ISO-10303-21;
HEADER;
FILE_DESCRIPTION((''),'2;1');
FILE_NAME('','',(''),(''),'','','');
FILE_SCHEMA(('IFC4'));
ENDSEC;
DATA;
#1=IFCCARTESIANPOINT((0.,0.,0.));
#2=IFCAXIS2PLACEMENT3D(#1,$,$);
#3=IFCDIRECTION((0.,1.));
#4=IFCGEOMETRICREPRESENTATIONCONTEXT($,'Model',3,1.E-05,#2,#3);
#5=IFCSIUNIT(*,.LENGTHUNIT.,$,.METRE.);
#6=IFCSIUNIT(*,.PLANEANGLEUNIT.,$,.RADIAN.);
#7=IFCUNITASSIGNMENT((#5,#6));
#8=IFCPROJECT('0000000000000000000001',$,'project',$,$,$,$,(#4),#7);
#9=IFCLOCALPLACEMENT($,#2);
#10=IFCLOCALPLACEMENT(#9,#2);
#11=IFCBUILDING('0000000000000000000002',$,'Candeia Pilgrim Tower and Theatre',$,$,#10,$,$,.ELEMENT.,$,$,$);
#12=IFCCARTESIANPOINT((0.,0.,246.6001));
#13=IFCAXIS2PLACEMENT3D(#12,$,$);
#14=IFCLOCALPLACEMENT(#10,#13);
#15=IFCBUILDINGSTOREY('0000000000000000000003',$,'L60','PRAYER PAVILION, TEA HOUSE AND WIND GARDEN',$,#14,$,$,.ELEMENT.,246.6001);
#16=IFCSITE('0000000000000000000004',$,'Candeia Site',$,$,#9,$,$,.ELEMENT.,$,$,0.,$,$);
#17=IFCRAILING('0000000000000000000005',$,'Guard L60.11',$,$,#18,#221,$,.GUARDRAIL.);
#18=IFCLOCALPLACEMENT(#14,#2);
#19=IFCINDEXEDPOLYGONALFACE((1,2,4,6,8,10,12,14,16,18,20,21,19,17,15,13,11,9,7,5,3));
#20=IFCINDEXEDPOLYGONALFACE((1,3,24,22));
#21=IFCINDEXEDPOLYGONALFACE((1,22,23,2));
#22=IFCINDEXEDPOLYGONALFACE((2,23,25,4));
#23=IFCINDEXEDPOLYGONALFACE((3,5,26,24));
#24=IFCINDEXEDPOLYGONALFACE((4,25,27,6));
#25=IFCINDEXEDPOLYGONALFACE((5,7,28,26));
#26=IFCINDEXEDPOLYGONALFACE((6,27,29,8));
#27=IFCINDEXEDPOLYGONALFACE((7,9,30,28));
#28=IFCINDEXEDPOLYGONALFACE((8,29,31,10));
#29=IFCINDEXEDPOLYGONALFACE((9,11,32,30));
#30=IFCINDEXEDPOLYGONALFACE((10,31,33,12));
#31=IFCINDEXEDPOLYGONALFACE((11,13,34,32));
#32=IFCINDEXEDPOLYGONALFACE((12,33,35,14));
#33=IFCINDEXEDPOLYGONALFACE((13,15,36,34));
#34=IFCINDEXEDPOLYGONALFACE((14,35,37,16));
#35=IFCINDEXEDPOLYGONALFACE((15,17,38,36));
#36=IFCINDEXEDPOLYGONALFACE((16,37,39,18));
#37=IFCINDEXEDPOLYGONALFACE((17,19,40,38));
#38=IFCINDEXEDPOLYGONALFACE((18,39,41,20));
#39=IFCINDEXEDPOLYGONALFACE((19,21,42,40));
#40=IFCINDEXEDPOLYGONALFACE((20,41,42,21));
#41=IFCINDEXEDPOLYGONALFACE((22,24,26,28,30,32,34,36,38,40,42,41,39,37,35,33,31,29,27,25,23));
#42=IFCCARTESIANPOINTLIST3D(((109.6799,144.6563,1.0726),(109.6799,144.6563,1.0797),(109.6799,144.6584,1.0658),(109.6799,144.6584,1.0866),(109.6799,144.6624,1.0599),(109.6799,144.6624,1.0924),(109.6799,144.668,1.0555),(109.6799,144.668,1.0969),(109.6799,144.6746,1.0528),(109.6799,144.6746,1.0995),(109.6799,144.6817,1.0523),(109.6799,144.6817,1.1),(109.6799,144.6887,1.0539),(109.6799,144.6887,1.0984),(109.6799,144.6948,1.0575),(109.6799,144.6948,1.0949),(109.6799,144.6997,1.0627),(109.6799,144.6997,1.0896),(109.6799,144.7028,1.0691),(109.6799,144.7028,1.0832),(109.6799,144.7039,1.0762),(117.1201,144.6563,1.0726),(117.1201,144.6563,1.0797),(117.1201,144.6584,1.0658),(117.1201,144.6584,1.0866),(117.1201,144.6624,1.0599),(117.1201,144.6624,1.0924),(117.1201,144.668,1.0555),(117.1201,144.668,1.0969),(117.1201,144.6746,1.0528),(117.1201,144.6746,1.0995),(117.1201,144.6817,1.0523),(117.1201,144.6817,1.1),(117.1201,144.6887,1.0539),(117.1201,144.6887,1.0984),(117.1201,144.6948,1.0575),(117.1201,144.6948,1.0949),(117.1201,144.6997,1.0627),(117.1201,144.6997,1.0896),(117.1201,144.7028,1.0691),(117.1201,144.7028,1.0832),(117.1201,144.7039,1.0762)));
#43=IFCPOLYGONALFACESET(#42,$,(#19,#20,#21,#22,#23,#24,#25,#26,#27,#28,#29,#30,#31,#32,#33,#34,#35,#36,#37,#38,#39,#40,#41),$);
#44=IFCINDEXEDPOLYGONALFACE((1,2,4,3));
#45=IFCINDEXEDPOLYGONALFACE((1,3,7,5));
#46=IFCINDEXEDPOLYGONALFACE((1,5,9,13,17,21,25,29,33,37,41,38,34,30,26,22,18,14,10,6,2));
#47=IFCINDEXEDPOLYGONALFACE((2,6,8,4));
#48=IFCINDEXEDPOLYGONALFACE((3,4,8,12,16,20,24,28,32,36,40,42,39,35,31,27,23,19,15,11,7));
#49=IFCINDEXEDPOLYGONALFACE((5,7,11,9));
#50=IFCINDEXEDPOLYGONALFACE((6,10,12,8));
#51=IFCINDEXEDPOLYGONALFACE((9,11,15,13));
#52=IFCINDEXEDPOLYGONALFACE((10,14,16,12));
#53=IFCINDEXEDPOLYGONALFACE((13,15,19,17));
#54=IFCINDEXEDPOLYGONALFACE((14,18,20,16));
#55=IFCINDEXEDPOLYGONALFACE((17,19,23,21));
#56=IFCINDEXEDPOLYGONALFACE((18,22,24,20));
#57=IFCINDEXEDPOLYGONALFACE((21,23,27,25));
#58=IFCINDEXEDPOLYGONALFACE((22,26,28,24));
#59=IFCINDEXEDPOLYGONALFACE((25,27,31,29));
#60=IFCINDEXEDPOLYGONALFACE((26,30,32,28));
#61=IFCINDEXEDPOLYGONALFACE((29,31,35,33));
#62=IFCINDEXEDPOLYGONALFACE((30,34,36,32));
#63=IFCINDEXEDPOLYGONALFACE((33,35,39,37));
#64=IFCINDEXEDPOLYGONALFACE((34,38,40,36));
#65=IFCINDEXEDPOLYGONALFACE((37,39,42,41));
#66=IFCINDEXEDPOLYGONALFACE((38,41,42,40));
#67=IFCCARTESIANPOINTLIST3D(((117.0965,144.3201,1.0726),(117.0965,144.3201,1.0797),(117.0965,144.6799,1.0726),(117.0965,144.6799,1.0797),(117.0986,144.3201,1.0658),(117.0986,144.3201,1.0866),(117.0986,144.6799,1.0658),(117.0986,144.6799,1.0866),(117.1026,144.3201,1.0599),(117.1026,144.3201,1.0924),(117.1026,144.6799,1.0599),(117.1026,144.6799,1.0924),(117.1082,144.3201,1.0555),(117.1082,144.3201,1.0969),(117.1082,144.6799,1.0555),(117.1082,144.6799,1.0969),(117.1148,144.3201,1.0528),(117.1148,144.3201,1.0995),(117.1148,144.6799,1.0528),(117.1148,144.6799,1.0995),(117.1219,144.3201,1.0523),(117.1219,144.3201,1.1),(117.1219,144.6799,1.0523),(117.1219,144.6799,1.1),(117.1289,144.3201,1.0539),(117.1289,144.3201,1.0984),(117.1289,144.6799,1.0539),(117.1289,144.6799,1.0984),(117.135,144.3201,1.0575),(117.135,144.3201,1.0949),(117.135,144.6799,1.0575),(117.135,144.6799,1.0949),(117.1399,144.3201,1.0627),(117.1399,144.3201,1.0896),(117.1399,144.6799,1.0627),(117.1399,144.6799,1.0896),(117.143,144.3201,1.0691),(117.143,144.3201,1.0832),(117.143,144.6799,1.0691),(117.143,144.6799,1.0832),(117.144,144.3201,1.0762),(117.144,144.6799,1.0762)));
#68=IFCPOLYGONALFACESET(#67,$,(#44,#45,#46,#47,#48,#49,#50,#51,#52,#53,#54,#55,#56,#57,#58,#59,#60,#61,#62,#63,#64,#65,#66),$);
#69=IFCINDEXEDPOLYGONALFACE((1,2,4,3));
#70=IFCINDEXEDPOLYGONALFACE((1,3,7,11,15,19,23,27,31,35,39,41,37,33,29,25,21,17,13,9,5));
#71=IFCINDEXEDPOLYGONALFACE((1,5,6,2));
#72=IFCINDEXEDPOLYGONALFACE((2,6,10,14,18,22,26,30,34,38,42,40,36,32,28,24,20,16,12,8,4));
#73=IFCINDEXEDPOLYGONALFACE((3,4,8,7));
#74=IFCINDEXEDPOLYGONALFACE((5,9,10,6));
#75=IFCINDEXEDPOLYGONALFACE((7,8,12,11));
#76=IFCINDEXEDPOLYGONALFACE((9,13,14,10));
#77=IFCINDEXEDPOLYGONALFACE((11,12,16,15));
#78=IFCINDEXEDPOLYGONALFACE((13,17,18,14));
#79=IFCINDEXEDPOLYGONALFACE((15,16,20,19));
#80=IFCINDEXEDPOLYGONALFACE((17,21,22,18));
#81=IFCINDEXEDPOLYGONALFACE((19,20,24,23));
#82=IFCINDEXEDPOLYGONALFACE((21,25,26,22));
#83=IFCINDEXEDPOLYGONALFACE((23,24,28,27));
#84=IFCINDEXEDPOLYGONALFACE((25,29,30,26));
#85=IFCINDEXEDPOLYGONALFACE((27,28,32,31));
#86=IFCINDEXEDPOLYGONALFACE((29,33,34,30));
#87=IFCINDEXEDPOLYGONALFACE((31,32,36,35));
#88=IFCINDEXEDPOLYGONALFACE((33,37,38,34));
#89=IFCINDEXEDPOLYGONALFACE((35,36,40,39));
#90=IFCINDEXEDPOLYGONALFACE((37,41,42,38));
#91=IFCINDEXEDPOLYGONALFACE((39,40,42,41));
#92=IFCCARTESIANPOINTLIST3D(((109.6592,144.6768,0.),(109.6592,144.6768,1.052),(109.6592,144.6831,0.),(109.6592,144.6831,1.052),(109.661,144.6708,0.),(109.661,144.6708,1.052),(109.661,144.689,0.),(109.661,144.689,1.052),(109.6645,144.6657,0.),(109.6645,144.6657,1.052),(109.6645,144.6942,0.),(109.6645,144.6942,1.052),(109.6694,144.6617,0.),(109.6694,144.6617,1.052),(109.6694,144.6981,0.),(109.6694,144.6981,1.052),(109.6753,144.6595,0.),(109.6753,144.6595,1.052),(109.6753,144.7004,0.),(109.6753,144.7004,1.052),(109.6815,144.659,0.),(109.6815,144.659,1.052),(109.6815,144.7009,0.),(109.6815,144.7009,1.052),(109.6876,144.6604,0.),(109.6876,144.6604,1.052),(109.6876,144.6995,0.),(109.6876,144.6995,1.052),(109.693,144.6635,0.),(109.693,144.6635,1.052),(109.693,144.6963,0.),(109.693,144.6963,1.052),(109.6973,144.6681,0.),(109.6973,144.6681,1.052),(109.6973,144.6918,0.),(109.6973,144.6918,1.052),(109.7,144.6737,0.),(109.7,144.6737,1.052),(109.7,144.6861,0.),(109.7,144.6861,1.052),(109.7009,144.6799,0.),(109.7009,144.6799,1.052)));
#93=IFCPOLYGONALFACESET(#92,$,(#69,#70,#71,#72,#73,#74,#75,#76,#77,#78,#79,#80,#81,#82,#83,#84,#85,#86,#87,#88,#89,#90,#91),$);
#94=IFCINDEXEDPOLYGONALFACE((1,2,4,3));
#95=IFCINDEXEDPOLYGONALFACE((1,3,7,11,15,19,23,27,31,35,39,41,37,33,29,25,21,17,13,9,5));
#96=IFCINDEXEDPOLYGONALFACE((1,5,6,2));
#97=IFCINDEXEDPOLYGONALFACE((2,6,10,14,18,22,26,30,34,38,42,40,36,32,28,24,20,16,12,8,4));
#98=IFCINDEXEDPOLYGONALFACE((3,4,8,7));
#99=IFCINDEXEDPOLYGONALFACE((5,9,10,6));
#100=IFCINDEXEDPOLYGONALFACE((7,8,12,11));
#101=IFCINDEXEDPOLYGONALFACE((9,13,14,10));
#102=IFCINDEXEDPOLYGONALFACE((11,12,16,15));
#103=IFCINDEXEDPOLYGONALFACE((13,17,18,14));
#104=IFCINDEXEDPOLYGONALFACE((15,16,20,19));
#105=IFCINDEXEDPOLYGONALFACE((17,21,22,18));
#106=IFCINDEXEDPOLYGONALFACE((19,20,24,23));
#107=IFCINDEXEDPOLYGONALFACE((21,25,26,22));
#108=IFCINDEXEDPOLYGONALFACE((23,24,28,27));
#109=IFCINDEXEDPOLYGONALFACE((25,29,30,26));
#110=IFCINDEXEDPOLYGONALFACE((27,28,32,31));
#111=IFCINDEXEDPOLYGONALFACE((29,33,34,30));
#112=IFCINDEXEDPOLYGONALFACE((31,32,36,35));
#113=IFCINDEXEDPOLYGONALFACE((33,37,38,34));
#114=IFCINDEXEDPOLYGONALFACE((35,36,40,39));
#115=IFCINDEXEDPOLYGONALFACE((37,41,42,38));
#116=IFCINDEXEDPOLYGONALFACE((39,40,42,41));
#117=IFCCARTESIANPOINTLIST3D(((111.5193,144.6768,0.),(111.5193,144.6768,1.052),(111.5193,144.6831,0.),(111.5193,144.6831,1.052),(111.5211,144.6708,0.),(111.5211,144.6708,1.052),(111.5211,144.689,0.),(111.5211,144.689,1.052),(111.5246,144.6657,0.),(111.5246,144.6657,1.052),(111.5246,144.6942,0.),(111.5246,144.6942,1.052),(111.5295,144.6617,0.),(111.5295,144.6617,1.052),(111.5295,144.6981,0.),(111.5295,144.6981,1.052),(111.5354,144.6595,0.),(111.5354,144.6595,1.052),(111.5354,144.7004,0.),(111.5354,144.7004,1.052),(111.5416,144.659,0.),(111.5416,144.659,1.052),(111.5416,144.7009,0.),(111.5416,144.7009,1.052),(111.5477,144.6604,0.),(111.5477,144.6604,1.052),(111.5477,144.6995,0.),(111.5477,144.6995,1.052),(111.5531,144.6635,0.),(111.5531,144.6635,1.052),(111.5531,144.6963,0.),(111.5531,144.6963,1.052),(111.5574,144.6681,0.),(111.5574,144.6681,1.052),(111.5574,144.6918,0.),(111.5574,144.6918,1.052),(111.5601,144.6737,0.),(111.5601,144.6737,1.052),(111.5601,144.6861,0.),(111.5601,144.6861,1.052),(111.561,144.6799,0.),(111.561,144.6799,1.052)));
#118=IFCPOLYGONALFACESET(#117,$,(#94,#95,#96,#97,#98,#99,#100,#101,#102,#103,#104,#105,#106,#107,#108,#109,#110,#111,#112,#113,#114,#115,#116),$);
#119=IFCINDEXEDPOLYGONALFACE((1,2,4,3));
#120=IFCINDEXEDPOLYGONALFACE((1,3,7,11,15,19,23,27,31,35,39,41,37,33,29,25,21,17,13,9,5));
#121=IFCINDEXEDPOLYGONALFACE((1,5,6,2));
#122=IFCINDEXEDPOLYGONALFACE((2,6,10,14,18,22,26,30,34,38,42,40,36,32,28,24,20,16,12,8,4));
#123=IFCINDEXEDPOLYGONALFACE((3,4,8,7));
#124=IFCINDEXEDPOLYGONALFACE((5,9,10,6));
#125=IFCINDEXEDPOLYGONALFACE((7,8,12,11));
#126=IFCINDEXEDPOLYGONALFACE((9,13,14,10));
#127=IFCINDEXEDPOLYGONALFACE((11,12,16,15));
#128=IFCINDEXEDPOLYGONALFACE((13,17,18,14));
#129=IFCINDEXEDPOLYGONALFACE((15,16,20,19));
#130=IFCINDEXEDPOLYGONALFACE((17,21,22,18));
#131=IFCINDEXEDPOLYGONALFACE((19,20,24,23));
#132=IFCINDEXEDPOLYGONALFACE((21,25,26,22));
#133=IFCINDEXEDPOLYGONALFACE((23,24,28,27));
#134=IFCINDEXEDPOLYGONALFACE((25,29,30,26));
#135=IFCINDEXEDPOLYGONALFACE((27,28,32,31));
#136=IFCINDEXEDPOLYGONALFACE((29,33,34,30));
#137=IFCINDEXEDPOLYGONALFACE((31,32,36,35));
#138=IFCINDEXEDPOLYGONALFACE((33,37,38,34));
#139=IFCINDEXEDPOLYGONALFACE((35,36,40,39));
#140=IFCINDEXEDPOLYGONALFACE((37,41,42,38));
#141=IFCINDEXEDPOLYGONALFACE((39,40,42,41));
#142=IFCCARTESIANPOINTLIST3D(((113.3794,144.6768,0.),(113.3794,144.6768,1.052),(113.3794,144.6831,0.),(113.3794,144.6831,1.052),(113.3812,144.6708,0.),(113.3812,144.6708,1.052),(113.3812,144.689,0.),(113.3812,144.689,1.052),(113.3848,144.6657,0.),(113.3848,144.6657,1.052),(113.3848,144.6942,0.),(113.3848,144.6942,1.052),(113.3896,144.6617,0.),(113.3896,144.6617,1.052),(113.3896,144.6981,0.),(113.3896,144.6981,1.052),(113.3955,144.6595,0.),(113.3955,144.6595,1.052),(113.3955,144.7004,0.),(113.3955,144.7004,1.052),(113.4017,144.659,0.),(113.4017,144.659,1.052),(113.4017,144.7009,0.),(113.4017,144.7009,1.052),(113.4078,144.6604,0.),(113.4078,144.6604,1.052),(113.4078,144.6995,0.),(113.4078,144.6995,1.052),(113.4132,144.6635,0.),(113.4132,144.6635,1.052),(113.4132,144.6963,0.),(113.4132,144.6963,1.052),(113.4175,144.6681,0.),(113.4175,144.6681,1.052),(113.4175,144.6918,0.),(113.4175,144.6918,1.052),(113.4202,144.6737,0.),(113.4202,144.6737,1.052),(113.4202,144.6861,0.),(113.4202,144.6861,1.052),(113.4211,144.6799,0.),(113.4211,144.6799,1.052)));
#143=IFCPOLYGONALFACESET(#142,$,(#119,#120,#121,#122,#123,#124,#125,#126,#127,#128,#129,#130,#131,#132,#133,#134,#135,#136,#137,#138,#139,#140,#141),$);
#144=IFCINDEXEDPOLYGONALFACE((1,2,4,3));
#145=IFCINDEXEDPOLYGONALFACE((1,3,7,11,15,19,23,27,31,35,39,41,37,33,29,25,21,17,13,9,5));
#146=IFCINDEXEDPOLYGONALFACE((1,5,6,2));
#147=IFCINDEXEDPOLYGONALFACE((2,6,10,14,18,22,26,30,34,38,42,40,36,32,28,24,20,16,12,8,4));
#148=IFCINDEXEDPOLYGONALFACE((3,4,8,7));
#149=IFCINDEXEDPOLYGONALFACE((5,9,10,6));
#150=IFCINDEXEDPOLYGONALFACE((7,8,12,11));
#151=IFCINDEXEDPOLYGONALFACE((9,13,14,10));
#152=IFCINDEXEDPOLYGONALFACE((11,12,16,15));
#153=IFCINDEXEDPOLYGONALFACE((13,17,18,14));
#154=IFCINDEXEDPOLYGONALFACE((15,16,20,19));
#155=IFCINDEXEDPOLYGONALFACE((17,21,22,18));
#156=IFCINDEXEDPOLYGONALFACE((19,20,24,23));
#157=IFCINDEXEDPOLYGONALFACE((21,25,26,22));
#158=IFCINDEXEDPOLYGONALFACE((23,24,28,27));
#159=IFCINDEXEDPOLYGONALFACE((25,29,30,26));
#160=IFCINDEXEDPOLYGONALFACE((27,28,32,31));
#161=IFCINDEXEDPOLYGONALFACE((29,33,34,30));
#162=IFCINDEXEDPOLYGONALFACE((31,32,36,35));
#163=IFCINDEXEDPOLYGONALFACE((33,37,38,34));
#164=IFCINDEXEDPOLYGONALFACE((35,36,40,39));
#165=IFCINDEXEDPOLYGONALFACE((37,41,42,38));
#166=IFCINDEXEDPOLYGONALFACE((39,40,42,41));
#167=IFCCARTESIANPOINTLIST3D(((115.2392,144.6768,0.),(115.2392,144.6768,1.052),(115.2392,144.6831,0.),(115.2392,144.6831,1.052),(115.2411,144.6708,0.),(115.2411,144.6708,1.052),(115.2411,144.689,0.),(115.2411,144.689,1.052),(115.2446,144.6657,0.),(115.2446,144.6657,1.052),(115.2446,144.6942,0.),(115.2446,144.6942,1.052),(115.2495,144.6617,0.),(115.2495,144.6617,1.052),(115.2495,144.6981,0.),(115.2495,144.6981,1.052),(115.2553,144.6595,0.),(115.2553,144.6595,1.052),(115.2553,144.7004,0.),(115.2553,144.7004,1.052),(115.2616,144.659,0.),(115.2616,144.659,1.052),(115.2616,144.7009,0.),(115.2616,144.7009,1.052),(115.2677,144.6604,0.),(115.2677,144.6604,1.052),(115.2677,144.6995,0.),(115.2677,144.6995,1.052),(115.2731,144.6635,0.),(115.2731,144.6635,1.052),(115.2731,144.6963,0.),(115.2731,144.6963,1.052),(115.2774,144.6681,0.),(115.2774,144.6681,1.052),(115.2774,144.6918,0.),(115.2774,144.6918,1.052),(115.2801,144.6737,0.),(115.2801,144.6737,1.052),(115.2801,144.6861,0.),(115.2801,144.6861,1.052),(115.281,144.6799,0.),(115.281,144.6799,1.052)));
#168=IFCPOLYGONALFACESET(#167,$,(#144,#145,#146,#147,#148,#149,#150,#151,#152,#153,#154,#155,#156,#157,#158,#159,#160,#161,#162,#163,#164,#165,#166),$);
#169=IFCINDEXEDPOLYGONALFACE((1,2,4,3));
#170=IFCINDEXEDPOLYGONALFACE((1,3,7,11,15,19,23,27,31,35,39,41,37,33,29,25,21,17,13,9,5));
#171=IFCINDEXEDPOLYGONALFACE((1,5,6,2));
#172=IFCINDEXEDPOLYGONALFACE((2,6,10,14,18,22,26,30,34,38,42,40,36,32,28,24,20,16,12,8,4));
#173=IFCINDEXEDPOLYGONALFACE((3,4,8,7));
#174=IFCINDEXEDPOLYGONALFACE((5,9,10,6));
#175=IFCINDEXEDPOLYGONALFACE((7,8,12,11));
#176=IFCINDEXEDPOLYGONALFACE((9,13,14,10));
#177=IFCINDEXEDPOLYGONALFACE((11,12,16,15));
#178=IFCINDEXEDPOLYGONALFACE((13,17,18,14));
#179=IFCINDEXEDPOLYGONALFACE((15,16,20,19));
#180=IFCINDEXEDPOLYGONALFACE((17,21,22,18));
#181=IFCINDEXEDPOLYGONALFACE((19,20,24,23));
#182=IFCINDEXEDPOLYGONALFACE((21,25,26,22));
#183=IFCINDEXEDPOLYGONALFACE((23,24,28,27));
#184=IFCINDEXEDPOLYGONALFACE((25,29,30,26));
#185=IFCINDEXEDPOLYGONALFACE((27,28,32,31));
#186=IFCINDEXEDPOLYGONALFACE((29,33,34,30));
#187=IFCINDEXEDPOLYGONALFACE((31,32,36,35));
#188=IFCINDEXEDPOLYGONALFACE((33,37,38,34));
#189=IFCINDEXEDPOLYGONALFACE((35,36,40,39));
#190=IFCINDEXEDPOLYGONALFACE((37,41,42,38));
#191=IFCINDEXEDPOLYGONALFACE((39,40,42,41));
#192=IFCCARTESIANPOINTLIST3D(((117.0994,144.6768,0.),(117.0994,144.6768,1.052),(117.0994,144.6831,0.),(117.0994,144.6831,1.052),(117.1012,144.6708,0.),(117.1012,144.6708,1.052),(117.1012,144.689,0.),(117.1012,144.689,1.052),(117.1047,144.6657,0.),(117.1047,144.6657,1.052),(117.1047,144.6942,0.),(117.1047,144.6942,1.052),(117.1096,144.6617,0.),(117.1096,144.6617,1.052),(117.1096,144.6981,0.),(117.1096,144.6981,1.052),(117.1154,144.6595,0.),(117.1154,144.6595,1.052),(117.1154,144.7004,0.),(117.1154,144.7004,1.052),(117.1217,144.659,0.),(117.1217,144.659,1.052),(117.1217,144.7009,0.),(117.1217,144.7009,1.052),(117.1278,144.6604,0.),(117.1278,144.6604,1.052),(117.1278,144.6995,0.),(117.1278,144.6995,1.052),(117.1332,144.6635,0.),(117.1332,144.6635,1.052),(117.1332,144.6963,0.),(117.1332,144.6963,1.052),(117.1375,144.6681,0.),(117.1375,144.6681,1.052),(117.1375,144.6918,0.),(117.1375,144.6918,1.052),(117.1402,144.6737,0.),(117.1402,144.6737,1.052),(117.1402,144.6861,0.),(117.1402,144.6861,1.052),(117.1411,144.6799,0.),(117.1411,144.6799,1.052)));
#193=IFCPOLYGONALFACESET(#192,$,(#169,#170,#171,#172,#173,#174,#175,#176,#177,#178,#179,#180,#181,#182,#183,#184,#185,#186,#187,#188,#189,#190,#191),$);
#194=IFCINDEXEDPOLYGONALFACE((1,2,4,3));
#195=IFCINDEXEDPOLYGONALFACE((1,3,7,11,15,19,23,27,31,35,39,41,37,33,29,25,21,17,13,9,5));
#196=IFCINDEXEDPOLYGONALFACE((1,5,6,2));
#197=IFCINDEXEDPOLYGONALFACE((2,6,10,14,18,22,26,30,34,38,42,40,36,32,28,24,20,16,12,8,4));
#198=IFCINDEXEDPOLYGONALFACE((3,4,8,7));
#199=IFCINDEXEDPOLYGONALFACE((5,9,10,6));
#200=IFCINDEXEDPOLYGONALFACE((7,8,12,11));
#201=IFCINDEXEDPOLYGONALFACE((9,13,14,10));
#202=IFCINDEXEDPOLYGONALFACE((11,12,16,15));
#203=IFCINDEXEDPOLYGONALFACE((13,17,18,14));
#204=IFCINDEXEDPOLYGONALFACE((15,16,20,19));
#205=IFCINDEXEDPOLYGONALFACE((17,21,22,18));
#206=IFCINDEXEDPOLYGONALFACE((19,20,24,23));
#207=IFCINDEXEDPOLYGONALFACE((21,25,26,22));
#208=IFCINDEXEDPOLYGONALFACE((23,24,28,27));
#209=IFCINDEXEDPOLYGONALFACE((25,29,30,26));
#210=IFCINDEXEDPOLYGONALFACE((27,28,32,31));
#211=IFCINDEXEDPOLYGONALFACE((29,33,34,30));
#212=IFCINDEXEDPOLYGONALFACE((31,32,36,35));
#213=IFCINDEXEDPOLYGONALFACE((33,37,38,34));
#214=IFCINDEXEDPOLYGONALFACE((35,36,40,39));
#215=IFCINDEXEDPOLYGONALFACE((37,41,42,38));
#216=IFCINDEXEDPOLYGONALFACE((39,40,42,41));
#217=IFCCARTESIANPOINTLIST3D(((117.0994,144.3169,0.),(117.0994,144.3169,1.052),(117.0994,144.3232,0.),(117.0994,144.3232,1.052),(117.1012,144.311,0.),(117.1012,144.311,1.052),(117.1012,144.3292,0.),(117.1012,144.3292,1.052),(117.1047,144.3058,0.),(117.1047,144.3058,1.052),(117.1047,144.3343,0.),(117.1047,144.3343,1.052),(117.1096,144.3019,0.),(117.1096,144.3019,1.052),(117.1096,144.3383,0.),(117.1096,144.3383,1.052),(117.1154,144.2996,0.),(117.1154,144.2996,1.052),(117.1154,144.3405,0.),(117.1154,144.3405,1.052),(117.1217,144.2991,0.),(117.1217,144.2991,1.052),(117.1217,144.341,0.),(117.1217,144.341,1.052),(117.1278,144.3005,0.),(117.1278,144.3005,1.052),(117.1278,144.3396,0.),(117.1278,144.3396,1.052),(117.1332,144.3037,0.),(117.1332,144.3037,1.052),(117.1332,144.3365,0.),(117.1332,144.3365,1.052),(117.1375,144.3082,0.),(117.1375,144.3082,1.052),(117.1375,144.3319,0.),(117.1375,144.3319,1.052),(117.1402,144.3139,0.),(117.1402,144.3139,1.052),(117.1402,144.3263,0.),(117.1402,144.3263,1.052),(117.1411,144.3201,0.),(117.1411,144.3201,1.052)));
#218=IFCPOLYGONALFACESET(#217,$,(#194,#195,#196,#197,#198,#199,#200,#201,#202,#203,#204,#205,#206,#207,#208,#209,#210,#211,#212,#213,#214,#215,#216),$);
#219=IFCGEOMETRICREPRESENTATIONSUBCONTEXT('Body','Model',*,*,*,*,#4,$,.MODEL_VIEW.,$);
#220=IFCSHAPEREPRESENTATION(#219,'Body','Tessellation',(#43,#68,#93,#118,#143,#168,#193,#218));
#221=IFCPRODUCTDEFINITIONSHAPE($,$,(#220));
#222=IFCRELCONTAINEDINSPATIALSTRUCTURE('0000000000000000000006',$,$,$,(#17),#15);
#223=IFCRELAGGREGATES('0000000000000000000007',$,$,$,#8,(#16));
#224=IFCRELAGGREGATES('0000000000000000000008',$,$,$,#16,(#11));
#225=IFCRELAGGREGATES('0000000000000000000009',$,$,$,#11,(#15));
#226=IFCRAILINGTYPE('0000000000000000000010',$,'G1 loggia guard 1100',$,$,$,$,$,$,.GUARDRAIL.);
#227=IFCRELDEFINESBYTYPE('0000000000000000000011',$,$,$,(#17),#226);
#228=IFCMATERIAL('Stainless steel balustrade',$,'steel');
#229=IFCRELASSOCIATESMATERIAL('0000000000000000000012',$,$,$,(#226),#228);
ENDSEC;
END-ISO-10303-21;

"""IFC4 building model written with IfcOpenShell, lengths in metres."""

from ifc_helpers import new_model, si_unit, direction, frame, origin, origin_2d, place, context, subcontext, project, spatial, circle, extrude, material, type_object, element, save


model = new_model("IFC4")

# Units and contexts
model_context = context("Model", 3, precision=1e-05, world=origin(), true_north=direction((0.0, 1.0)))
body_context = subcontext(model_context, "Body", "Model", "MODEL_VIEW")
ifc_project = project(units=[si_unit("LENGTHUNIT", "METRE"), si_unit("PLANEANGLEUNIT", "RADIAN")], contexts=[model_context])

# Site, building, storey
site_placement = place(None, origin())
site = spatial("IfcSite", under=ifc_project, at=site_placement, Name="Candeia Site", CompositionType="ELEMENT", RefElevation=0.0)
building_placement = place(site_placement, origin())
building = spatial("IfcBuilding", under=site, at=building_placement, Name="Candeia Pilgrim Tower and Theatre", CompositionType="ELEMENT")
storey_placement = place(building_placement, frame((0.0, 0.0, 246.6001)))
storey = spatial("IfcBuildingStorey", under=building, at=storey_placement, Name="L60", Description="PRAYER PAVILION, TEA HOUSE AND WIND GARDEN", CompositionType="ELEMENT", Elevation=246.6001)

# Railing
ifc_material_1 = material(Name="Stainless steel balustrade", Category="steel")
railing_type = type_object("IfcRailingType", Name="G1 loggia guard 1100", PredefinedType="GUARDRAIL", material=ifc_material_1)
railing_1_placement = place(storey_placement, frame((109.6799, 144.6799, 0.0)))
element("IfcRailing", 1, at=railing_1_placement, inside=storey, type_object=railing_type, Name="Guard L60.11", PredefinedType="GUARDRAIL", context=body_context, shape_type="SweptSolid", body=[
    extrude(circle(Radius=0.0239, at=origin_2d()), frame((0.0, 0.0, 1.0762), z_axis=(1.0, 0.0, 0.0), x_axis=(0.0, 1.0, 0.0)), (0.0, 0.0, 1.0), 7.4402),
    extrude(circle(Radius=0.0239, at=origin_2d()), frame((7.4402, 0.0, 1.0762), z_axis=(0.0, -1.0, 0.0), x_axis=(1.0, 0.0, 0.0)), (0.0, 0.0, 1.0), 0.3599),
    extrude(circle(Radius=0.021, at=origin_2d()), origin(), (0.0, 0.0, 1.0), 1.052),
    extrude(circle(Radius=0.021, at=origin_2d()), frame((1.8601, 0.0, 0.0)), (0.0, 0.0, 1.0), 1.052),
    extrude(circle(Radius=0.021, at=origin_2d()), frame((3.7202, 0.0, 0.0)), (0.0, 0.0, 1.0), 1.052),
    extrude(circle(Radius=0.021, at=origin_2d()), frame((5.5801, 0.0, 0.0)), (0.0, 0.0, 1.0), 1.052),
    extrude(circle(Radius=0.021, at=origin_2d()), frame((7.4402, 0.0, 0.0)), (0.0, 0.0, 1.0), 1.052),
    extrude(circle(Radius=0.021, at=origin_2d()), frame((7.4402, -0.3599, 0.0)), (0.0, 0.0, 1.0), 1.052),
])

save(model, "model.ifc")
